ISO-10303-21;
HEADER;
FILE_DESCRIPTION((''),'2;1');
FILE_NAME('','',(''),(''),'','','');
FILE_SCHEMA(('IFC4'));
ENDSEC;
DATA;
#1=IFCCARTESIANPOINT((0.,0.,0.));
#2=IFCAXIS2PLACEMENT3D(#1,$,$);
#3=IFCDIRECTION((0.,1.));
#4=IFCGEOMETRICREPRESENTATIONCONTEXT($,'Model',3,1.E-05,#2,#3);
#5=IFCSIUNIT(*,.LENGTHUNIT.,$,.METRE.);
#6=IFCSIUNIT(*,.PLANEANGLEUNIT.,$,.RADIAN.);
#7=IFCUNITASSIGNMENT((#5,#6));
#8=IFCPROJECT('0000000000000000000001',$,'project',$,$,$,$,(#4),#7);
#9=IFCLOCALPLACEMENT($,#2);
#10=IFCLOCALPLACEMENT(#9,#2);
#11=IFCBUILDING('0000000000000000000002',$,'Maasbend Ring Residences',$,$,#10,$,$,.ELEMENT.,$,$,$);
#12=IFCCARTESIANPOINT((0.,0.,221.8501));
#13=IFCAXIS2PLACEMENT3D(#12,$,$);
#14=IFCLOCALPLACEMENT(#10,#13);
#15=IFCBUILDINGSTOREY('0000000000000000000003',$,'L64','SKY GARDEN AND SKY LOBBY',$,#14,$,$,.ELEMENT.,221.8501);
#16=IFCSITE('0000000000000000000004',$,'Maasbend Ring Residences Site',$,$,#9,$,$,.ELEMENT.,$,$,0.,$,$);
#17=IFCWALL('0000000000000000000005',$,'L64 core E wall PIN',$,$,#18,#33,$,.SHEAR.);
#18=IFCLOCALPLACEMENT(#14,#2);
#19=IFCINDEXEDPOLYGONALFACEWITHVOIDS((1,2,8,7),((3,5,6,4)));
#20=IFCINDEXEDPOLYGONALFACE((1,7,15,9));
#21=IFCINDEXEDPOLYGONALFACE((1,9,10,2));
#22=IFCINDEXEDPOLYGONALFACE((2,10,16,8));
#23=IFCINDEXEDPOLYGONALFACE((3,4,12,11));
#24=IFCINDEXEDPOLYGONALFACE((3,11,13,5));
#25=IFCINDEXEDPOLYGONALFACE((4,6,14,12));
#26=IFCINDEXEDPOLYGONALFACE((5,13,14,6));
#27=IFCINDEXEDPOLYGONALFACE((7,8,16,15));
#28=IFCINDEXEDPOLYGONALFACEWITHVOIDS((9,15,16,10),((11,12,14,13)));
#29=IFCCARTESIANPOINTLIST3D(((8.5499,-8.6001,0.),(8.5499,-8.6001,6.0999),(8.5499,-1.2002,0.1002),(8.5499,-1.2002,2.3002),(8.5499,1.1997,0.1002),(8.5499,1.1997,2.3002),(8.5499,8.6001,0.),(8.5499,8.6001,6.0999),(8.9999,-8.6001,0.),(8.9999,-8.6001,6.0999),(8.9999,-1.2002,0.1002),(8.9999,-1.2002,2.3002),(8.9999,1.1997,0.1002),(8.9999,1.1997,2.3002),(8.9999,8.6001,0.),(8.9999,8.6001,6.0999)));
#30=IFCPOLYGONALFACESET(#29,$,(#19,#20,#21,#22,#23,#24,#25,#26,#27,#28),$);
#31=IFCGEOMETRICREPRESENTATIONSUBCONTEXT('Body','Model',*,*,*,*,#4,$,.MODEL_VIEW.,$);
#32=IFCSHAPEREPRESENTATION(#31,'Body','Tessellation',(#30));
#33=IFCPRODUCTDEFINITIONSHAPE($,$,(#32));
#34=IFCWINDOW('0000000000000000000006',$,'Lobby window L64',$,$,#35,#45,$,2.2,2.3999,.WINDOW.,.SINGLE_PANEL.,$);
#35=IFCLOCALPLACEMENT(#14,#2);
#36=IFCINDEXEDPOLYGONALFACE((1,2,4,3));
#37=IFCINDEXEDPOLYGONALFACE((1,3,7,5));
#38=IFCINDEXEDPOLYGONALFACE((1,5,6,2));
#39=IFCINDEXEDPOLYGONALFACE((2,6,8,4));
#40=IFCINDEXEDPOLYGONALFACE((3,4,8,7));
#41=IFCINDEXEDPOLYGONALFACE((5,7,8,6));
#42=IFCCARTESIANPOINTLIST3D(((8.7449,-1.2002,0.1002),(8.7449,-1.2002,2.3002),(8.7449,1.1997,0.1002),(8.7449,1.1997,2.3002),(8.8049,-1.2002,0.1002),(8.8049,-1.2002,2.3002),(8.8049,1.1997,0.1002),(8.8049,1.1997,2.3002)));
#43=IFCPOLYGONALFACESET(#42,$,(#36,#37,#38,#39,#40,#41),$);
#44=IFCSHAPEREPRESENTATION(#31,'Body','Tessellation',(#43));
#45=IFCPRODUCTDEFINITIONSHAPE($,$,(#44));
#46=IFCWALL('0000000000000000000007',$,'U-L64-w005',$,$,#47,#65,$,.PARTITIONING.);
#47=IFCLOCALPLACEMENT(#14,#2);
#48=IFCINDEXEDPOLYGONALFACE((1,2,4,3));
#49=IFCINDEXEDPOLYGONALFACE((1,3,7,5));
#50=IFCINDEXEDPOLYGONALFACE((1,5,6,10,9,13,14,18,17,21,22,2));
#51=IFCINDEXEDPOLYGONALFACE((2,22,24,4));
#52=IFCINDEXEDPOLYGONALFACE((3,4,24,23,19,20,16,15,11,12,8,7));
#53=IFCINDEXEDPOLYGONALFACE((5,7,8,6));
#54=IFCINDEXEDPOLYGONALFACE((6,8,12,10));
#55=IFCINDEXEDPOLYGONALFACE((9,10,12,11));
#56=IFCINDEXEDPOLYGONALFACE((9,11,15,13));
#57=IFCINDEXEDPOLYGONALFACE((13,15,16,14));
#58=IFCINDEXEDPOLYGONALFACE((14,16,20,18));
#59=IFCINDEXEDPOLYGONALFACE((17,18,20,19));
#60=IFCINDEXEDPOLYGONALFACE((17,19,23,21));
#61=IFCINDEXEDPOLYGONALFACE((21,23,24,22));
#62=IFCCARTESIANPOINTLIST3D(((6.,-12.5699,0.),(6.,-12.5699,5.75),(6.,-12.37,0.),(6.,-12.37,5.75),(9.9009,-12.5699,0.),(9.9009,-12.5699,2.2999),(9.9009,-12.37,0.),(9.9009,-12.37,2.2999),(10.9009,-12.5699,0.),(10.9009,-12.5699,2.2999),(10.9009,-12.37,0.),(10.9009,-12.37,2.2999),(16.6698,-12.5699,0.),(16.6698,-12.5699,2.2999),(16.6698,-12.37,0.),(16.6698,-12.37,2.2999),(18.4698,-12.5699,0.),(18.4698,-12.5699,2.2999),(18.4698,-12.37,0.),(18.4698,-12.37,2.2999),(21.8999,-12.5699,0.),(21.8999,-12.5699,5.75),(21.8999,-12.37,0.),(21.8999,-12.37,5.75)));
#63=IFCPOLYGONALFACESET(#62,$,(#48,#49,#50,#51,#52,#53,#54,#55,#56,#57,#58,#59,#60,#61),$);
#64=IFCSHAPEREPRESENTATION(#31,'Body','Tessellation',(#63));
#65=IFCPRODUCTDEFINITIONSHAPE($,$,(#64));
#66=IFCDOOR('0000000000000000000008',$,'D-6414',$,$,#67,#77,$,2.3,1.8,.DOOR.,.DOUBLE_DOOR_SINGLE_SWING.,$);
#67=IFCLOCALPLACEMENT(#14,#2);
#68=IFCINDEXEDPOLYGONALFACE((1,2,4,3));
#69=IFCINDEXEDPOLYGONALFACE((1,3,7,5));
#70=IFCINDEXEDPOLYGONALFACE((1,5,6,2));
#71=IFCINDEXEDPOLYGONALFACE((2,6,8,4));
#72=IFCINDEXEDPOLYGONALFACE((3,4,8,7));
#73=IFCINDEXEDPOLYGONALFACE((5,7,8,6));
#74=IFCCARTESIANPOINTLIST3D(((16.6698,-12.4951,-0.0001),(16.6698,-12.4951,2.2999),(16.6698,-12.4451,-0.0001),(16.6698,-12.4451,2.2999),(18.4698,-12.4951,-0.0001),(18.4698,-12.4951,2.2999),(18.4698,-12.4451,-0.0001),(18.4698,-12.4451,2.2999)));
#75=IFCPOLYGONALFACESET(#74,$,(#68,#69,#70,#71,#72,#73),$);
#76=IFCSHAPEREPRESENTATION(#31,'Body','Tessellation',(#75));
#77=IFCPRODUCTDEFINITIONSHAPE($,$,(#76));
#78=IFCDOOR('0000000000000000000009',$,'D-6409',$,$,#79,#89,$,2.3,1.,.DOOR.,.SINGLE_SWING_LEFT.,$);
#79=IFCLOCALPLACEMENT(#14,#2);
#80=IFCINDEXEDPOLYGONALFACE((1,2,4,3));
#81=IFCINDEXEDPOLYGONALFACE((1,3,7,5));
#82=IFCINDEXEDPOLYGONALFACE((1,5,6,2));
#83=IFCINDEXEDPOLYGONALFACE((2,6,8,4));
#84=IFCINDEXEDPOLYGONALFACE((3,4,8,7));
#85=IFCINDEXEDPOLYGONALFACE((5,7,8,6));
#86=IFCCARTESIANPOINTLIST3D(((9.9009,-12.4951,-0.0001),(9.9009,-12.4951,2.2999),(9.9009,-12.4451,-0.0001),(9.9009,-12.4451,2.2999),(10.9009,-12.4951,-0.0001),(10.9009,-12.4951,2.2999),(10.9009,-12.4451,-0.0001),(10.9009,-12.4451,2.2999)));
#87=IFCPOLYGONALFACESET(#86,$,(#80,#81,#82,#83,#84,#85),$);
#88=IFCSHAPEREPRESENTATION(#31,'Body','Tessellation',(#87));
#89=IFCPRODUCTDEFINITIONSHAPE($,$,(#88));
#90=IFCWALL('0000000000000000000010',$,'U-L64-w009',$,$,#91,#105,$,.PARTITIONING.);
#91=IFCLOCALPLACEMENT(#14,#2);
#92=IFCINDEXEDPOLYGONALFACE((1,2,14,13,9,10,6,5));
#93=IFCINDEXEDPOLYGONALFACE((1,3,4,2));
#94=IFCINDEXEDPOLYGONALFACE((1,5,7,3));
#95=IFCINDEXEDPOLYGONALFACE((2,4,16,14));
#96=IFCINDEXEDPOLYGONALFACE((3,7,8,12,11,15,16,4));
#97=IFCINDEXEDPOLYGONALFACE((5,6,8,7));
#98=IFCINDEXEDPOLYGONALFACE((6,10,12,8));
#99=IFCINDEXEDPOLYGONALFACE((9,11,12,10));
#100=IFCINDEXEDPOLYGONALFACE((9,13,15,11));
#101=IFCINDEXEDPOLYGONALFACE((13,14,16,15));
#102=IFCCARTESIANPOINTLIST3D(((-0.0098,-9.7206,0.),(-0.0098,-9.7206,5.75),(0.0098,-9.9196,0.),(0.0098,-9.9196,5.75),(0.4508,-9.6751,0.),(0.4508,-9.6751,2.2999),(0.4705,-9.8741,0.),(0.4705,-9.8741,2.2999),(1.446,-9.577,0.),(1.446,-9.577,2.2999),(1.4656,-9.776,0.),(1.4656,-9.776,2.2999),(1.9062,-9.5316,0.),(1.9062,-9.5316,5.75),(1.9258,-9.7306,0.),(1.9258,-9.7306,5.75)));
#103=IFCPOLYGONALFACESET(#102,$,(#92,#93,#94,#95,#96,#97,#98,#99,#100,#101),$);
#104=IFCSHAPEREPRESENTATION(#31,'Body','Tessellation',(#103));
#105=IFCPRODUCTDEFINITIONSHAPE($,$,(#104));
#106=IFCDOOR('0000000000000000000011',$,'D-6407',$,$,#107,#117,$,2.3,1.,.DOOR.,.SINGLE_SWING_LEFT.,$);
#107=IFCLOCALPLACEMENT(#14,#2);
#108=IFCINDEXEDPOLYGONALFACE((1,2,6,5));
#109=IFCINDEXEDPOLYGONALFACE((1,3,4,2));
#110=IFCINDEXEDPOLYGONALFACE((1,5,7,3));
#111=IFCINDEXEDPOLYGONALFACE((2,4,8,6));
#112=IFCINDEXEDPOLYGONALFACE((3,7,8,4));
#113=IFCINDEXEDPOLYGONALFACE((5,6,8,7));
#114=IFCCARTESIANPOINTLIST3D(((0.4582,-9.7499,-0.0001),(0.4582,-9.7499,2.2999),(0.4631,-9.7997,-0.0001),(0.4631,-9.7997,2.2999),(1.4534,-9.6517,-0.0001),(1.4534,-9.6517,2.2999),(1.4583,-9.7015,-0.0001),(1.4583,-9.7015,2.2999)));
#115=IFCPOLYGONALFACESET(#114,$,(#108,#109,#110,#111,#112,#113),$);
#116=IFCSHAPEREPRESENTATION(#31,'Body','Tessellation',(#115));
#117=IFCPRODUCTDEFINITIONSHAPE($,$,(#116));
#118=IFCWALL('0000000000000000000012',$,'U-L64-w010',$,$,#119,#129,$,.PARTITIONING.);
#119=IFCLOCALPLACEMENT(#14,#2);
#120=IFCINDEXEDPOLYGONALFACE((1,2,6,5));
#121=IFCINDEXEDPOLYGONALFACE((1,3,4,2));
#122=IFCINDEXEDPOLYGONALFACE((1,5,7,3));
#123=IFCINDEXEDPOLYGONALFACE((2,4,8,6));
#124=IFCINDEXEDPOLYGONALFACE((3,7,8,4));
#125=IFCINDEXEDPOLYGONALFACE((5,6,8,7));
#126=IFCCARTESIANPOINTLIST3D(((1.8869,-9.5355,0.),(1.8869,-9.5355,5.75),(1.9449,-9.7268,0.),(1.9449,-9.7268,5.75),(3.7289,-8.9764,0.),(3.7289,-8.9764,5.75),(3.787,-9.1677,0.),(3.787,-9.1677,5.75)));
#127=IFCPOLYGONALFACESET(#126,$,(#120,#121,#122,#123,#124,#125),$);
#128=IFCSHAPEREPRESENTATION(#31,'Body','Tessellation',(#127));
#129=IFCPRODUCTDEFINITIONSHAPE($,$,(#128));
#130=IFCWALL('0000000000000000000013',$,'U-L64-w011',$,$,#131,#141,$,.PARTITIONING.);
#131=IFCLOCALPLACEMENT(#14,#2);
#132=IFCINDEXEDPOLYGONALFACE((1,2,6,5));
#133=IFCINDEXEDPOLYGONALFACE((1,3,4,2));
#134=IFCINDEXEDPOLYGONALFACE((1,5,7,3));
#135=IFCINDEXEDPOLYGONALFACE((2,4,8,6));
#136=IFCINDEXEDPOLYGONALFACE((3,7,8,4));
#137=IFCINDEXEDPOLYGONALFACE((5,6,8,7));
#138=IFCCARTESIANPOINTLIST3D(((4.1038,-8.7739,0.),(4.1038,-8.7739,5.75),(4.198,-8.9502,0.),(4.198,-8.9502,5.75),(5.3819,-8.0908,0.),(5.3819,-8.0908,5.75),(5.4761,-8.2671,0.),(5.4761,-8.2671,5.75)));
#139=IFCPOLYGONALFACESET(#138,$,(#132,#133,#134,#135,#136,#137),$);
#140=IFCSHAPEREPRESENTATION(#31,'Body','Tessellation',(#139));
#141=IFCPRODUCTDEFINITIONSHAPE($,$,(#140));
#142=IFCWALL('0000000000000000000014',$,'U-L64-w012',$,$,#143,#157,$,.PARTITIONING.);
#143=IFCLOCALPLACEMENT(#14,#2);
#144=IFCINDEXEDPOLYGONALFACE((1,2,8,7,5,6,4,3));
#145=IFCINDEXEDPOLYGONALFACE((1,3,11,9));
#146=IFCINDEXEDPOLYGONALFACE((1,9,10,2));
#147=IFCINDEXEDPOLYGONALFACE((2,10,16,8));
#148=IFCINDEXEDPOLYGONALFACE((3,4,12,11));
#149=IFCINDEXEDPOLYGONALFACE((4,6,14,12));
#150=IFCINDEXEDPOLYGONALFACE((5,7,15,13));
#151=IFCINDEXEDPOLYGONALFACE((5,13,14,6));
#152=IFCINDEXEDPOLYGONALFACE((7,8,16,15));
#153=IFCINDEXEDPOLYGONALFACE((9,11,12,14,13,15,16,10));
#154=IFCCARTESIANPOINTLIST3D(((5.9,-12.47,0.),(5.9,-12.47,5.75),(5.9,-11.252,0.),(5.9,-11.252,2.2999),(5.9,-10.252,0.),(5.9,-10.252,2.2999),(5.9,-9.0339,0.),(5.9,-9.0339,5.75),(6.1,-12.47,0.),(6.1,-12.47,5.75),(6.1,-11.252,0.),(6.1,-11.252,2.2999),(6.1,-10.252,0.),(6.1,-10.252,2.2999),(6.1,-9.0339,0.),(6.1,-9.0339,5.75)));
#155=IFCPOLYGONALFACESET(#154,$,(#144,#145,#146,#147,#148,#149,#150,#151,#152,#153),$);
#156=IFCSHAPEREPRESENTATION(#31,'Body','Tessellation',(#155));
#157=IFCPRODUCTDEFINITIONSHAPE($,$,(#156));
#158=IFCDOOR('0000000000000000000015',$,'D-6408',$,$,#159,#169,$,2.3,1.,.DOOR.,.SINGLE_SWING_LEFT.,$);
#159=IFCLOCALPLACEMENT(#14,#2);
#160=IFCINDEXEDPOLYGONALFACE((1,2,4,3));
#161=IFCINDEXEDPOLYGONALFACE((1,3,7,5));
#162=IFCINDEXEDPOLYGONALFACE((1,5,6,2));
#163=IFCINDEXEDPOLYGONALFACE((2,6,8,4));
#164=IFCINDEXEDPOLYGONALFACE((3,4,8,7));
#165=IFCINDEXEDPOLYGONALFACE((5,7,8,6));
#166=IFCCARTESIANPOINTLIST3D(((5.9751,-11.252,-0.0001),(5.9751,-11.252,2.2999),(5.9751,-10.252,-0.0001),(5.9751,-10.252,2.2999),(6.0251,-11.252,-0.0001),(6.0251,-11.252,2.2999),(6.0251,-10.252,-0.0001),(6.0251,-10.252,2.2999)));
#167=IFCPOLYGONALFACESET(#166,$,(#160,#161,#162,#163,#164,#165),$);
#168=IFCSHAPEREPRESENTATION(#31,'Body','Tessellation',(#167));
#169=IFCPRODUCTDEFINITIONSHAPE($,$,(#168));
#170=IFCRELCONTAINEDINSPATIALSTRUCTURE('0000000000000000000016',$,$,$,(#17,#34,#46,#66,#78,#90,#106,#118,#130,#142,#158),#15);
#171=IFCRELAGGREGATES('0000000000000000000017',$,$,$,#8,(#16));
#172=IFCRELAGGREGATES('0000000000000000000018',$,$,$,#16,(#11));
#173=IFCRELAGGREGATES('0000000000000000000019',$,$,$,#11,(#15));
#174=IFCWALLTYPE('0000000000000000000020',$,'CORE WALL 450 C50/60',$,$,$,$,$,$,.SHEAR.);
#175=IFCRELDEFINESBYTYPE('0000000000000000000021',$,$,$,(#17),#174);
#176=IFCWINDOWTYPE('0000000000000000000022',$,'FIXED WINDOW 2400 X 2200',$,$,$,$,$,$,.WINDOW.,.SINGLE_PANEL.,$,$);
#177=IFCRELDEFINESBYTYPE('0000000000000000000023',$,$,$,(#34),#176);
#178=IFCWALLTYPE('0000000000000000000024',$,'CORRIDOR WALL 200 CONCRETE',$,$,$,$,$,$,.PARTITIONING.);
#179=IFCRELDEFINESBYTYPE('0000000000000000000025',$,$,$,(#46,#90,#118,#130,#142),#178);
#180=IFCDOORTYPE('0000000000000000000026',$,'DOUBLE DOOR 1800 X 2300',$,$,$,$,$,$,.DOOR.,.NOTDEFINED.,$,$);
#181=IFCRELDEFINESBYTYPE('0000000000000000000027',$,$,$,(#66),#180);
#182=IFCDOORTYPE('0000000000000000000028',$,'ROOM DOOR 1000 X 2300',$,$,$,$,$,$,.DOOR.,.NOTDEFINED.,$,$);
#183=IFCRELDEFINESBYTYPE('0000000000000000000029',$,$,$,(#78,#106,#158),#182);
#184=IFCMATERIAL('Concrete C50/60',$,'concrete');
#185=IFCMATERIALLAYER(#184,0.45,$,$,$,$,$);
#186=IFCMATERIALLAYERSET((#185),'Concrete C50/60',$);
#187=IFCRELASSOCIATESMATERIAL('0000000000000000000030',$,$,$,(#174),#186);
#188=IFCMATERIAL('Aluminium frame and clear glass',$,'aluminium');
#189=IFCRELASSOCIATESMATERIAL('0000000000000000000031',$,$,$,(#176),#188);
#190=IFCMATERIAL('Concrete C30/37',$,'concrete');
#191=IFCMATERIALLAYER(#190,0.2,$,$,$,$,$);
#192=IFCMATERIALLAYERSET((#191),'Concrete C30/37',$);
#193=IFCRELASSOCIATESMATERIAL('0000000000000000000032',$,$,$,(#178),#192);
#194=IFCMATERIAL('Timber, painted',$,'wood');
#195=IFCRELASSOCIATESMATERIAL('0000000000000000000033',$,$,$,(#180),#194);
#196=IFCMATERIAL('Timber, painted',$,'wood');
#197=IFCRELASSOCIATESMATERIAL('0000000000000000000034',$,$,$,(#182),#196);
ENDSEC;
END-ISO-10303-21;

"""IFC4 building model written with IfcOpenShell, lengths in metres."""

from ifc_helpers import new_model, si_unit, direction, frame, frame_2d, origin, place, context, subcontext, project, spatial, rectangle, extrude, material, layer, layer_set, type_object, element, fill, save


model = new_model("IFC4")

# Units and contexts
model_context = context("Model", 3, precision=1e-05, world=origin(), true_north=direction((0.0, 1.0)))
body_context = subcontext(model_context, "Body", "Model", "MODEL_VIEW")
ifc_project = project(units=[si_unit("LENGTHUNIT", "METRE"), si_unit("PLANEANGLEUNIT", "RADIAN")], contexts=[model_context])

# Site, building, storey
site_placement = place(None, origin())
site = spatial("IfcSite", under=ifc_project, at=site_placement, Name="Maasbend Ring Residences Site", CompositionType="ELEMENT", RefElevation=0.0)
building_placement = place(site_placement, origin())
building = spatial("IfcBuilding", under=site, at=building_placement, Name="Maasbend Ring Residences", CompositionType="ELEMENT")
storey_placement = place(building_placement, frame((0.0, 0.0, 221.8501)))
storey = spatial("IfcBuildingStorey", under=building, at=storey_placement, Name="L64", Description="SKY GARDEN AND SKY LOBBY", CompositionType="ELEMENT", Elevation=221.8501)

# Shared definitions
ifc_material_1 = material(Name="Concrete C50/60", Category="concrete")
ifc_layer_1 = layer(ifc_material_1, 0.45)
ifc_layer_set_1 = layer_set([ifc_layer_1], Name="Concrete C50/60")
wall_type_1 = type_object("IfcWallType", Name="CORE WALL 450 C50/60", PredefinedType="SHEAR", material=ifc_layer_set_1)

# Wall, opening, window
wall_1_placement = place(storey_placement, frame((8.7749, -8.6001, 0.0), z_axis=(0.0, 0.0, 1.0), x_axis=(0.0, 1.0, 0.0)))
wall_1 = element("IfcWall", 1, at=wall_1_placement, inside=storey, type_object=wall_type_1, Name="L64 core E wall PIN", PredefinedType="SHEAR", context=body_context, shape_type="SweptSolid", body=[
    extrude(rectangle(XDim=17.2002, YDim=0.45, at=frame_2d((8.6001, 0.0))), origin(), (0.0, 0.0, 1.0), 6.0999),
])
opening_1_placement = place(wall_1_placement, frame((7.3999, 0.0, 0.1001)))
opening_1 = element("IfcOpeningElement", 2, at=opening_1_placement, cuts=wall_1, PredefinedType="OPENING", context=body_context, shape_type="SweptSolid", body=[
    extrude(rectangle(XDim=2.3999, YDim=2.2, at=frame_2d((1.2, 1.1001))), frame((0.0, 0.2349, 0.0), z_axis=(0.0, -1.0, 0.0), x_axis=(1.0, 0.0, 0.0)), (0.0, 0.0, 1.0), 0.47),
])
ifc_material_2 = material(Name="Aluminium frame and clear glass", Category="aluminium")
window_type = type_object("IfcWindowType", Name="FIXED WINDOW 2400 X 2200", PartitioningType="SINGLE_PANEL", PredefinedType="WINDOW", material=ifc_material_2)
window_placement = place(opening_1_placement, origin())
window = element("IfcWindow", 3, at=window_placement, inside=storey, type_object=window_type, Name="Lobby window L64", OverallHeight=2.2, OverallWidth=2.3999, PartitioningType="SINGLE_PANEL", PredefinedType="WINDOW", context=body_context, shape_type="SweptSolid", body=[
    extrude(rectangle(XDim=2.3999, YDim=2.2, at=frame_2d((1.2, 1.1001))), frame((0.0, 0.03, 0.0), z_axis=(0.0, -1.0, 0.0), x_axis=(1.0, 0.0, 0.0)), (0.0, 0.0, 1.0), 0.0601),
])
fill(opening_1, window)

# Wall, openings, doors
ifc_material_3 = material(Name="Concrete C30/37", Category="concrete")
ifc_layer_2 = layer(ifc_material_3, 0.2)
ifc_layer_set_2 = layer_set([ifc_layer_2], Name="Concrete C30/37")
wall_type_2 = type_object("IfcWallType", Name="CORRIDOR WALL 200 CONCRETE", PredefinedType="PARTITIONING", material=ifc_layer_set_2)
wall_2_placement = place(storey_placement, frame((6.0, -12.47, 0.0), z_axis=(0.0, 0.0, 1.0), x_axis=(1.0, 0.0, 0.0)))
wall_2 = element("IfcWall", 4, at=wall_2_placement, inside=storey, type_object=wall_type_2, Name="U-L64-w005", PredefinedType="PARTITIONING", context=body_context, shape_type="SweptSolid", body=[
    extrude(rectangle(XDim=15.8999, YDim=0.2, at=frame_2d((7.95, 0.0))), origin(), (0.0, 0.0, 1.0), 5.75),
])
opening_2_placement = place(wall_2_placement, frame((3.9009, 0.0, 0.0)))
opening_2 = element("IfcOpeningElement", 5, at=opening_2_placement, cuts=wall_2, PredefinedType="OPENING", context=body_context, shape_type="SweptSolid", body=[
    extrude(rectangle(XDim=1.0, YDim=2.3, at=frame_2d((0.5, 1.1499))), frame((0.0, 0.1099, 0.0), z_axis=(0.0, -1.0, 0.0), x_axis=(1.0, 0.0, 0.0)), (0.0, 0.0, 1.0), 0.22),
])
opening_3_placement = place(wall_2_placement, frame((10.6699, 0.0, 0.0)))
opening_3 = element("IfcOpeningElement", 6, at=opening_3_placement, cuts=wall_2, PredefinedType="OPENING", context=body_context, shape_type="SweptSolid", body=[
    extrude(rectangle(XDim=1.8, YDim=2.3, at=frame_2d((0.8999, 1.1499))), frame((0.0, 0.1099, 0.0), z_axis=(0.0, -1.0, 0.0), x_axis=(1.0, 0.0, 0.0)), (0.0, 0.0, 1.0), 0.22),
])
ifc_material_4 = material(Name="Timber, painted", Category="wood")
door_type_1 = type_object("IfcDoorType", Name="DOUBLE DOOR 1800 X 2300", OperationType="NOTDEFINED", PredefinedType="DOOR", material=ifc_material_4)
door_1_placement = place(opening_3_placement, origin())
door_1 = element("IfcDoor", 7, at=door_1_placement, inside=storey, type_object=door_type_1, Name="D-6414", OperationType="DOUBLE_DOOR_SINGLE_SWING", OverallHeight=2.3, OverallWidth=1.8, PredefinedType="DOOR", context=body_context, shape_type="SweptSolid", body=[
    extrude(rectangle(XDim=1.8, YDim=2.3, at=frame_2d((0.8999, 1.1499))), frame((0.0, 0.0249, 0.0), z_axis=(0.0, -1.0, 0.0), x_axis=(1.0, 0.0, 0.0)), (0.0, 0.0, 1.0), 0.05),
])
fill(opening_3, door_1)
ifc_material_5 = material(Name="Timber, painted", Category="wood")
door_type_2 = type_object("IfcDoorType", Name="ROOM DOOR 1000 X 2300", OperationType="NOTDEFINED", PredefinedType="DOOR", material=ifc_material_5)
door_2_placement = place(opening_2_placement, origin())
door_2 = element("IfcDoor", 8, at=door_2_placement, inside=storey, type_object=door_type_2, Name="D-6409", OperationType="SINGLE_SWING_LEFT", OverallHeight=2.3, OverallWidth=1.0, PredefinedType="DOOR", context=body_context, shape_type="SweptSolid", body=[
    extrude(rectangle(XDim=1.0, YDim=2.3, at=frame_2d((0.5, 1.1499))), frame((0.0, 0.0249, 0.0), z_axis=(0.0, -1.0, 0.0), x_axis=(1.0, 0.0, 0.0)), (0.0, 0.0, 1.0), 0.05),
])
fill(opening_2, door_2)

# Wall, opening, door
wall_3_placement = place(storey_placement, frame((0.0, -9.8201, 0.0), z_axis=(0.0, 0.0, 1.0), x_axis=(0.995172, 0.098148, 0.0)))
wall_3 = element("IfcWall", 9, at=wall_3_placement, inside=storey, type_object=wall_type_2, Name="U-L64-w009", PredefinedType="PARTITIONING", context=body_context, shape_type="SweptSolid", body=[
    extrude(rectangle(XDim=1.9253, YDim=0.2, at=frame_2d((0.9626, 0.0))), origin(), (0.0, 0.0, 1.0), 5.75),
])
opening_4_placement = place(wall_3_placement, frame((0.4629, 0.0, 0.0)))
opening_4 = element("IfcOpeningElement", 10, at=opening_4_placement, cuts=wall_3, PredefinedType="OPENING", context=body_context, shape_type="SweptSolid", body=[
    extrude(rectangle(XDim=1.0, YDim=2.3, at=frame_2d((0.5, 1.1499))), frame((0.0, 0.1099, 0.0), z_axis=(0.0, -1.0, 0.0), x_axis=(1.0, 0.0, 0.0)), (0.0, 0.0, 1.0), 0.22),
])
door_3_placement = place(opening_4_placement, origin())
door_3 = element("IfcDoor", 11, at=door_3_placement, inside=storey, type_object=door_type_2, Name="D-6407", OperationType="SINGLE_SWING_LEFT", OverallHeight=2.3, OverallWidth=1.0, PredefinedType="DOOR", context=body_context, shape_type="SweptSolid", body=[
    extrude(rectangle(XDim=1.0, YDim=2.3, at=frame_2d((0.5, 1.1499))), frame((0.0, 0.0249, 0.0), z_axis=(0.0, -1.0, 0.0), x_axis=(1.0, 0.0, 0.0)), (0.0, 0.0, 1.0), 0.05),
])
fill(opening_4, door_3)

# Walls
wall_4_placement = place(storey_placement, frame((1.916, -9.6311, 0.0), z_axis=(0.0, 0.0, 1.0), x_axis=(0.956896, 0.29043, 0.0)))
element("IfcWall", 12, at=wall_4_placement, inside=storey, type_object=wall_type_2, Name="U-L64-w010", PredefinedType="PARTITIONING", context=body_context, shape_type="SweptSolid", body=[
    extrude(rectangle(XDim=1.925, YDim=0.2, at=frame_2d((0.9624, 0.0))), origin(), (0.0, 0.0, 1.0), 5.75),
])
wall_5_placement = place(storey_placement, frame((4.1509, -8.8621, 0.0), z_axis=(0.0, 0.0, 1.0), x_axis=(0.881933, 0.471375, 0.0)))
element("IfcWall", 13, at=wall_5_placement, inside=storey, type_object=wall_type_2, Name="U-L64-w011", PredefinedType="PARTITIONING", context=body_context, shape_type="SweptSolid", body=[
    extrude(rectangle(XDim=1.4492, YDim=0.2, at=frame_2d((0.7246, 0.0))), origin(), (0.0, 0.0, 1.0), 5.75),
])

# Wall, opening, door
wall_6_placement = place(storey_placement, frame((6.0, -12.47, 0.0), z_axis=(0.0, 0.0, 1.0), x_axis=(0.0, 1.0, 0.0)))
wall_6 = element("IfcWall", 14, at=wall_6_placement, inside=storey, type_object=wall_type_2, Name="U-L64-w012", PredefinedType="PARTITIONING", context=body_context, shape_type="SweptSolid", body=[
    extrude(rectangle(XDim=3.436, YDim=0.2, at=frame_2d((1.718, 0.0))), origin(), (0.0, 0.0, 1.0), 5.75),
])
opening_5_placement = place(wall_6_placement, frame((1.218, 0.0, 0.0)))
opening_5 = element("IfcOpeningElement", 15, at=opening_5_placement, cuts=wall_6, PredefinedType="OPENING", context=body_context, shape_type="SweptSolid", body=[
    extrude(rectangle(XDim=1.0, YDim=2.3, at=frame_2d((0.5, 1.1499))), frame((0.0, 0.1099, 0.0), z_axis=(0.0, -1.0, 0.0), x_axis=(1.0, 0.0, 0.0)), (0.0, 0.0, 1.0), 0.22),
])
door_4_placement = place(opening_5_placement, origin())
door_4 = element("IfcDoor", 16, at=door_4_placement, inside=storey, type_object=door_type_2, Name="D-6408", OperationType="SINGLE_SWING_LEFT", OverallHeight=2.3, OverallWidth=1.0, PredefinedType="DOOR", context=body_context, shape_type="SweptSolid", body=[
    extrude(rectangle(XDim=1.0, YDim=2.3, at=frame_2d((0.5, 1.1499))), frame((0.0, 0.0249, 0.0), z_axis=(0.0, -1.0, 0.0), x_axis=(1.0, 0.0, 0.0)), (0.0, 0.0, 1.0), 0.05),
])
fill(opening_5, door_4)

save(model, "model.ifc")
